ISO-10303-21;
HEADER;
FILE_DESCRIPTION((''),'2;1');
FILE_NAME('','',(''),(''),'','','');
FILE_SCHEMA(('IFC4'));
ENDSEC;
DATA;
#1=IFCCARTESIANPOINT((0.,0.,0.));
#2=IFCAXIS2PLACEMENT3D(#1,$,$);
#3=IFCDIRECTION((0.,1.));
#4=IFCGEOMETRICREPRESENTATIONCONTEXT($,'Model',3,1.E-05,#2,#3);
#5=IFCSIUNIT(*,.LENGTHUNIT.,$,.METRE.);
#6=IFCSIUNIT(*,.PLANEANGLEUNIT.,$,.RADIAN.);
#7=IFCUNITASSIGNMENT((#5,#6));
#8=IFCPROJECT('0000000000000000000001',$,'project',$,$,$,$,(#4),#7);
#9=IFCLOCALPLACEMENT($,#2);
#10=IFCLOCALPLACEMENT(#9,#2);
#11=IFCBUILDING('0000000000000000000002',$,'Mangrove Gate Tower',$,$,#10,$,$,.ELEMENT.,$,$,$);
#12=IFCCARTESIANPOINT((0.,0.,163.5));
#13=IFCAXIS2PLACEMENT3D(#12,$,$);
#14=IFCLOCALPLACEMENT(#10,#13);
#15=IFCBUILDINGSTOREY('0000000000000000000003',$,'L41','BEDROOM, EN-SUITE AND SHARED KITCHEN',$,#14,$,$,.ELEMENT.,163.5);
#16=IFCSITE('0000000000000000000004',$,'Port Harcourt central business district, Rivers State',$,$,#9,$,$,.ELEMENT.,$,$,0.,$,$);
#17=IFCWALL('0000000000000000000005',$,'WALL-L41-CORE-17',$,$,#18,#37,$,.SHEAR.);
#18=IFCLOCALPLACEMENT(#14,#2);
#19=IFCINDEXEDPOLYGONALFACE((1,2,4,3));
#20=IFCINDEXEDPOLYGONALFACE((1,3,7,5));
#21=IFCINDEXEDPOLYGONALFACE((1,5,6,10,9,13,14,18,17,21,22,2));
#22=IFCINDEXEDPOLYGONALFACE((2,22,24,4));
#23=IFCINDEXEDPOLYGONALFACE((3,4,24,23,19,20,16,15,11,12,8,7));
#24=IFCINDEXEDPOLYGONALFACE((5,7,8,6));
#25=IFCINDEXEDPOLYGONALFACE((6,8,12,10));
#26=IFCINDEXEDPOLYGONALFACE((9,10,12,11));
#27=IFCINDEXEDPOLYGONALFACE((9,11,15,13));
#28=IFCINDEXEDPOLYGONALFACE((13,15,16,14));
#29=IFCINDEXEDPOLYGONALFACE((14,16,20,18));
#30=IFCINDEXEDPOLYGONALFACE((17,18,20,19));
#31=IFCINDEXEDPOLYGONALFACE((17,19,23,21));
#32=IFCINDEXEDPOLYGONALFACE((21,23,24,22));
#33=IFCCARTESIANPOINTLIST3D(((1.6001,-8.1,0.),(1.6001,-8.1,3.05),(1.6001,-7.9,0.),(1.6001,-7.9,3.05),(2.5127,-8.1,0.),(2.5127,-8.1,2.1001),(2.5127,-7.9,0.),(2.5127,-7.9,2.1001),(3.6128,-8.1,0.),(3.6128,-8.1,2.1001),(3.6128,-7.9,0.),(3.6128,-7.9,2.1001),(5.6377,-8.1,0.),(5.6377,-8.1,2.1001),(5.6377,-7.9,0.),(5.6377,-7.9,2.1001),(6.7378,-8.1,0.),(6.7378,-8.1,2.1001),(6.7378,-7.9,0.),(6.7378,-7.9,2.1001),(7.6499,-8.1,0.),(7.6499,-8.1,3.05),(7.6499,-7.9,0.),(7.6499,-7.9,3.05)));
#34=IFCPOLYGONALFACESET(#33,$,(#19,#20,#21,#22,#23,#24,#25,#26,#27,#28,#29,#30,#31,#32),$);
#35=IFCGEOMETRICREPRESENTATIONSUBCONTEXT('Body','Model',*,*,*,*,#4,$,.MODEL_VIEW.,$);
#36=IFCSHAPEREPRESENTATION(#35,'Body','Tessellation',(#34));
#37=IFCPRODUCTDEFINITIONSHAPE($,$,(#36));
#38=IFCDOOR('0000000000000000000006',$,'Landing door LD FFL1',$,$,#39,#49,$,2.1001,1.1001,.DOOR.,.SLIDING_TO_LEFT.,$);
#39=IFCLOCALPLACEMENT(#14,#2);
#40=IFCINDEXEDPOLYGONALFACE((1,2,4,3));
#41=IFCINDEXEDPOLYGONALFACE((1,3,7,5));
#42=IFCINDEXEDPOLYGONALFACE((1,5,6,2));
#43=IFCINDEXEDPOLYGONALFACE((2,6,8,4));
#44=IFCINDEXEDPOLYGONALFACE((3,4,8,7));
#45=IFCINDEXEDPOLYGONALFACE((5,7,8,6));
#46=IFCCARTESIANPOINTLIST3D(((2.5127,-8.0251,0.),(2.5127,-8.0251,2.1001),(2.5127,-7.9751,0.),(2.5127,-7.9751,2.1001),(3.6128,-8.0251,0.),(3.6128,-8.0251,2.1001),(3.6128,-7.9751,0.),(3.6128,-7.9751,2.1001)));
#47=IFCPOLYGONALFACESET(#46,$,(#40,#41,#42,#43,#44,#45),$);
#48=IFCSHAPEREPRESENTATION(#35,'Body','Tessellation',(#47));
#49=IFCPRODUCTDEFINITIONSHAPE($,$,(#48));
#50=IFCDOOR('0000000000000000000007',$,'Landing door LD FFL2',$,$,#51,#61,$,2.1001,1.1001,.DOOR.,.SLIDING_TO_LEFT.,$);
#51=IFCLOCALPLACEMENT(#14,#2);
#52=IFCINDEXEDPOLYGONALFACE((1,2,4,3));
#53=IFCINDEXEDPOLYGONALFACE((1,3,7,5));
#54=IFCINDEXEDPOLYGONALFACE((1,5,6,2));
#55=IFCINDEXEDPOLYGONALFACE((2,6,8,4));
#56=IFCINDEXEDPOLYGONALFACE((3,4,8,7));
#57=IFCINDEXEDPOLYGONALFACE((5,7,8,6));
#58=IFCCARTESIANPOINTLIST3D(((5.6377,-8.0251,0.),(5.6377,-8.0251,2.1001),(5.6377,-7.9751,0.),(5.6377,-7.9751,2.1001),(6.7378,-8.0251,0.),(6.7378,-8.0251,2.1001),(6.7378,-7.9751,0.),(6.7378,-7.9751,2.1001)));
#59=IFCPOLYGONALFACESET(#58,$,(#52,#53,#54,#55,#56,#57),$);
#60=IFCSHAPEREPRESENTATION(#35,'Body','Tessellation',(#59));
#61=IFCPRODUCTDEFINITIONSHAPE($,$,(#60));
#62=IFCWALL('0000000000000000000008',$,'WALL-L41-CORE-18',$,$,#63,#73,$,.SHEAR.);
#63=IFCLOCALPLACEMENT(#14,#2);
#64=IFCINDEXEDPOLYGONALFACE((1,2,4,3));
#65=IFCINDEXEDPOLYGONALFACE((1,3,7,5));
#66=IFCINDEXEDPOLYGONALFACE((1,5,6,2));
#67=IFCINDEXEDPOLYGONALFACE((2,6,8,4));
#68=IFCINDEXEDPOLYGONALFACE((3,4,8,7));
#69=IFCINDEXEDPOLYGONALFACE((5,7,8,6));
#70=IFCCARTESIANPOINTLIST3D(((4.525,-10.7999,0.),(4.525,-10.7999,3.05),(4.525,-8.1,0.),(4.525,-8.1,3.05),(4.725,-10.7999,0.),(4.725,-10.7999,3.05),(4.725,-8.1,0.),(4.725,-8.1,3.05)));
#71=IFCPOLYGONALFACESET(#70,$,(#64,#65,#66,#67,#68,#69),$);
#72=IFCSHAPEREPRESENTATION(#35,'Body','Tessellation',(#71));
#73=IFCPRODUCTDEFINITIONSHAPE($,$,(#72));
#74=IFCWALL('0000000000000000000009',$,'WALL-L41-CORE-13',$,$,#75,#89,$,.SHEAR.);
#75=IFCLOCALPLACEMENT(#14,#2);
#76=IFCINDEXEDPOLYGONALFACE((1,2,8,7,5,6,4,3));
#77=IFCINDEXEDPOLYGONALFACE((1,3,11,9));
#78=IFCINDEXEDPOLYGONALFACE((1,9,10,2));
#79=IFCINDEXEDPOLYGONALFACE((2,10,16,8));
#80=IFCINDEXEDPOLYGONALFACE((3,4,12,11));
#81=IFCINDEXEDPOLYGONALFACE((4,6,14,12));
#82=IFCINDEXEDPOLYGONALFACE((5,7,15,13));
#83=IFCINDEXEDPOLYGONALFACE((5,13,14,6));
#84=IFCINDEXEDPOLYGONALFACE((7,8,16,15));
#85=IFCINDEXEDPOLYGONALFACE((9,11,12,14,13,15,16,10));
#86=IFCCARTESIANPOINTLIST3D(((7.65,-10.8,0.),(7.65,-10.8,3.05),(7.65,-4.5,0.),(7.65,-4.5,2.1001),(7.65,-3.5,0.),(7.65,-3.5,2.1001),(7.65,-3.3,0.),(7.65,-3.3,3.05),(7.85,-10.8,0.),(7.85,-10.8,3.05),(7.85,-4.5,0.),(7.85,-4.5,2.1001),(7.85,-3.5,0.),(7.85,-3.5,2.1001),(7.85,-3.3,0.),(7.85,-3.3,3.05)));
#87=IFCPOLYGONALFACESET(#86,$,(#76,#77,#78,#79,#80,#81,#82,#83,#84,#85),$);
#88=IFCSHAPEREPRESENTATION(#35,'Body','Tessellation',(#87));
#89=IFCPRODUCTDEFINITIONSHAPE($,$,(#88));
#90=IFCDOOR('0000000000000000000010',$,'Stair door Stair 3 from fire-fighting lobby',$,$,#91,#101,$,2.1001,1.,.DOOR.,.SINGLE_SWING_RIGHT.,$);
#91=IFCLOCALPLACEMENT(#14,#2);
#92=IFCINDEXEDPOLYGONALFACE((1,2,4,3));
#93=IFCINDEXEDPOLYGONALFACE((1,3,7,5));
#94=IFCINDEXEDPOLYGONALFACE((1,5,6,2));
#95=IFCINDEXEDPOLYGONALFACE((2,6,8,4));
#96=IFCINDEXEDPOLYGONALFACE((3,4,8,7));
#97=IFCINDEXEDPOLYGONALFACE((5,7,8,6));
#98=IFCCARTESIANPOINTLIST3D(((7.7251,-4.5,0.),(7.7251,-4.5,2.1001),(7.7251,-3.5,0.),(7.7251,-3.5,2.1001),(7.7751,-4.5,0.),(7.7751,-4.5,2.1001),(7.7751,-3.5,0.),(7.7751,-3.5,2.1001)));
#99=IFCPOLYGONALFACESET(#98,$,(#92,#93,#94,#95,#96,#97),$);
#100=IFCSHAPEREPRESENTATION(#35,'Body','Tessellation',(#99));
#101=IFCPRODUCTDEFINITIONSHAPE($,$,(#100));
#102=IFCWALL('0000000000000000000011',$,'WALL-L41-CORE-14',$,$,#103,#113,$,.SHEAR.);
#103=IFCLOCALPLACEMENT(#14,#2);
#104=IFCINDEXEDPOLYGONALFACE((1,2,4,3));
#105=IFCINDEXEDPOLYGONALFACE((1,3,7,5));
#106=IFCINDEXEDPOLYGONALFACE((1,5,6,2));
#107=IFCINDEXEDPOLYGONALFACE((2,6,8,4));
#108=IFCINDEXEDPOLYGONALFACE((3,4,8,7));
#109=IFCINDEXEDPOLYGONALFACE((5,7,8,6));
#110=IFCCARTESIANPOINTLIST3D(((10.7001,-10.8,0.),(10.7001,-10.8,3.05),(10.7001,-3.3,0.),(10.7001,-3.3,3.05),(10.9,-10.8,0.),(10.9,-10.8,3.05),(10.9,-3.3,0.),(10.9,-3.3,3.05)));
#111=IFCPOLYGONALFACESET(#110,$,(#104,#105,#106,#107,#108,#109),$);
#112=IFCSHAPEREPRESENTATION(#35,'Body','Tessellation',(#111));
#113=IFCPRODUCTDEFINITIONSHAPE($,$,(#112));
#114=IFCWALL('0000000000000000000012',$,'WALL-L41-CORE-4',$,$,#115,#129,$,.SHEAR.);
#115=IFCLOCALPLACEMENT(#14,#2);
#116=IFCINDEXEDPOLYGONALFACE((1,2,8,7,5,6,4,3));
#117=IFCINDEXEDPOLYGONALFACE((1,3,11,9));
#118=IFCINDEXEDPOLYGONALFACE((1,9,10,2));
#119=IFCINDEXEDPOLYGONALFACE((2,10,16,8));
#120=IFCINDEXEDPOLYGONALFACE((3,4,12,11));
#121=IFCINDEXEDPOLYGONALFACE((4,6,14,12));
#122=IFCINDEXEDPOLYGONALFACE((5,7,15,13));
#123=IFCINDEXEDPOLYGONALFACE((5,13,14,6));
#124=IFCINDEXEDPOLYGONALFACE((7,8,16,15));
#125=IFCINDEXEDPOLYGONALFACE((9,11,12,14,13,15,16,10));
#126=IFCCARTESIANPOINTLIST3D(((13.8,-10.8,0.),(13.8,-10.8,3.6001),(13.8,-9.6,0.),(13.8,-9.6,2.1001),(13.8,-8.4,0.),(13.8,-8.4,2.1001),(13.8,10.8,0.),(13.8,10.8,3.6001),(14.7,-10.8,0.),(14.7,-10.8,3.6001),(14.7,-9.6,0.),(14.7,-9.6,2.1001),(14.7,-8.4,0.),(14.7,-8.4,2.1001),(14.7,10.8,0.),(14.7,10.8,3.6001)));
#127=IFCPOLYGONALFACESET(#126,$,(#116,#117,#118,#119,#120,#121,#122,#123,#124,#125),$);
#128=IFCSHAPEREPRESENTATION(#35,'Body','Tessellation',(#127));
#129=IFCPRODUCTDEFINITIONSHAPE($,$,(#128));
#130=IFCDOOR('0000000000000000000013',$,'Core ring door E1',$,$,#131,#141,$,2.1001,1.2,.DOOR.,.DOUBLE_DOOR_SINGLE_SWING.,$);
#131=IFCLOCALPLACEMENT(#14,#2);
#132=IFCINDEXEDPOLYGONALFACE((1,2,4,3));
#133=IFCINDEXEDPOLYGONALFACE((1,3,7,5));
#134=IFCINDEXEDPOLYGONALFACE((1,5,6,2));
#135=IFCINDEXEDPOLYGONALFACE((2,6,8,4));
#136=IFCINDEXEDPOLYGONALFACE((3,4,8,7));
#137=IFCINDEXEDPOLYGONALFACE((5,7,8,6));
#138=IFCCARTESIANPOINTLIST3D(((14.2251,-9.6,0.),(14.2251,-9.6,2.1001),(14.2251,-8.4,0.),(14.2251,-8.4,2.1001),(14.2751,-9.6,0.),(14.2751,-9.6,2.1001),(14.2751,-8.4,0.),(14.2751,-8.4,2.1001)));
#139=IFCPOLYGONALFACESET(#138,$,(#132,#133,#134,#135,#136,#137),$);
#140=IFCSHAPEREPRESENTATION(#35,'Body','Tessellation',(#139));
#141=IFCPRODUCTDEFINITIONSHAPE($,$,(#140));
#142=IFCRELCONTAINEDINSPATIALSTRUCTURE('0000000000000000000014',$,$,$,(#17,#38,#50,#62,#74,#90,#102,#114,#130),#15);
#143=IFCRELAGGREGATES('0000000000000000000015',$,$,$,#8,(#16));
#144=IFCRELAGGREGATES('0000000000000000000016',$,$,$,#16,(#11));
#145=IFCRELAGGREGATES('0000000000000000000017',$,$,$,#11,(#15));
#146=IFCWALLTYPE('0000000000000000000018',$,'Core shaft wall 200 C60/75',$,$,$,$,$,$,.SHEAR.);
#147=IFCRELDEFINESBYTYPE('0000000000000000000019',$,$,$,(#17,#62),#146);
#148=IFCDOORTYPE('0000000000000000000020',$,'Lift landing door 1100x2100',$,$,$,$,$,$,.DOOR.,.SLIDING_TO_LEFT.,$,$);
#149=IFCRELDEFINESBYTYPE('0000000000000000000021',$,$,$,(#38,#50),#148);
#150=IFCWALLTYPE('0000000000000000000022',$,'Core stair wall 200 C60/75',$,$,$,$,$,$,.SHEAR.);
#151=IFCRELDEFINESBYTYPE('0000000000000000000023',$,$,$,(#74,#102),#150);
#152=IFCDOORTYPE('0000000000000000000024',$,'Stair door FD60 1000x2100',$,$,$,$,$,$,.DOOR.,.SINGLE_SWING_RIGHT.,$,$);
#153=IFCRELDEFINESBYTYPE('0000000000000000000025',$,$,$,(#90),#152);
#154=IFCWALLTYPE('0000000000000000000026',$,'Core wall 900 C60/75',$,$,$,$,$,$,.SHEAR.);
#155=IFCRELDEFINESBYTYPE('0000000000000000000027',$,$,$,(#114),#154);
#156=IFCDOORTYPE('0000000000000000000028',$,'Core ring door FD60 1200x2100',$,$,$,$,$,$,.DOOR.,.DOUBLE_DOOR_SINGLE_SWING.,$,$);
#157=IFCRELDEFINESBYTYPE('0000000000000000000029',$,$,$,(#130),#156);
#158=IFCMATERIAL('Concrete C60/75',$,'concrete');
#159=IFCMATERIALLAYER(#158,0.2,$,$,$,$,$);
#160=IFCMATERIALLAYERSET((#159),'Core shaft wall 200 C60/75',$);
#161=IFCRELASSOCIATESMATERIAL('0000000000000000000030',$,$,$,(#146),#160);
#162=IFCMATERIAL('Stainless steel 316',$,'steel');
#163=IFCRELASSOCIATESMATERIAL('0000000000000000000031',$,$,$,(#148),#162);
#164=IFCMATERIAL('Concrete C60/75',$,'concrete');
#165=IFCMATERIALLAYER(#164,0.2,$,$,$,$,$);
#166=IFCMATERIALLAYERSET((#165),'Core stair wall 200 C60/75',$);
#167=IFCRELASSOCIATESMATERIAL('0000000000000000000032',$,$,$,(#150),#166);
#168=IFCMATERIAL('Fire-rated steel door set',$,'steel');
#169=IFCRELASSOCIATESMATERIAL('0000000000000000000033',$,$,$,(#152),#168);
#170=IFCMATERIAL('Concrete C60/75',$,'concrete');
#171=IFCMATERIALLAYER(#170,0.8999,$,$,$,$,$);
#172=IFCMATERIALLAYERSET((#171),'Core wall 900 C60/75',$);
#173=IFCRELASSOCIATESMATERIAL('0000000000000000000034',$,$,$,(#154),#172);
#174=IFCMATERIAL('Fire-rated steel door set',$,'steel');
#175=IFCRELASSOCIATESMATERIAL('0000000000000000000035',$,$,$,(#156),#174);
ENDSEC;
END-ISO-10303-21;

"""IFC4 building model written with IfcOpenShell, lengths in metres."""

from ifc_helpers import new_model, si_unit, direction, frame, frame_2d, origin, place, context, subcontext, project, spatial, rectangle, extrude, material, layer, layer_set, type_object, element, fill, save


model = new_model("IFC4")

# Units and contexts
model_context = context("Model", 3, precision=1e-05, world=origin(), true_north=direction((0.0, 1.0)))
body_context = subcontext(model_context, "Body", "Model", "MODEL_VIEW")
ifc_project = project(units=[si_unit("LENGTHUNIT", "METRE"), si_unit("PLANEANGLEUNIT", "RADIAN")], contexts=[model_context])

# Site, building, storey
site_placement = place(None, origin())
site = spatial("IfcSite", under=ifc_project, at=site_placement, Name="Port Harcourt central business district, Rivers State", CompositionType="ELEMENT", RefElevation=0.0)
building_placement = place(site_placement, origin())
building = spatial("IfcBuilding", under=site, at=building_placement, Name="Mangrove Gate Tower", CompositionType="ELEMENT")
storey_placement = place(building_placement, frame((0.0, 0.0, 163.5)))
storey = spatial("IfcBuildingStorey", under=building, at=storey_placement, Name="L41", Description="BEDROOM, EN-SUITE AND SHARED KITCHEN", CompositionType="ELEMENT", Elevation=163.5)

# Wall, openings, doors
ifc_material_1 = material(Name="Concrete C60/75", Category="concrete")
ifc_layer_1 = layer(ifc_material_1, 0.2)
ifc_layer_set_1 = layer_set([ifc_layer_1], Name="Core shaft wall 200 C60/75")
wall_type_1 = type_object("IfcWallType", Name="Core shaft wall 200 C60/75", PredefinedType="SHEAR", material=ifc_layer_set_1)
wall_1_placement = place(storey_placement, frame((1.6001, -8.0, 0.0), z_axis=(0.0, 0.0, 1.0), x_axis=(1.0, 0.0, 0.0)))
wall_1 = element("IfcWall", 1, at=wall_1_placement, inside=storey, type_object=wall_type_1, Name="WALL-L41-CORE-17", PredefinedType="SHEAR", context=body_context, shape_type="SweptSolid", body=[
    extrude(rectangle(XDim=6.0498, YDim=0.2, at=frame_2d((3.0249, 0.0))), origin(), (0.0, 0.0, 1.0), 3.05),
])
opening_1_placement = place(wall_1_placement, frame((0.9126, 0.0, 0.0)))
opening_1 = element("IfcOpeningElement", 2, at=opening_1_placement, cuts=wall_1, PredefinedType="OPENING", context=body_context, shape_type="SweptSolid", body=[
    extrude(rectangle(XDim=1.1001, YDim=2.1001, at=frame_2d((0.55, 1.05))), frame((0.0, 0.1099, 0.0), z_axis=(0.0, -1.0, 0.0), x_axis=(1.0, 0.0, 0.0)), (0.0, 0.0, 1.0), 0.22),
])
opening_2_placement = place(wall_1_placement, frame((4.0376, 0.0, 0.0)))
opening_2 = element("IfcOpeningElement", 3, at=opening_2_placement, cuts=wall_1, PredefinedType="OPENING", context=body_context, shape_type="SweptSolid", body=[
    extrude(rectangle(XDim=1.1001, YDim=2.1001, at=frame_2d((0.55, 1.05))), frame((0.0, 0.1099, 0.0), z_axis=(0.0, -1.0, 0.0), x_axis=(1.0, 0.0, 0.0)), (0.0, 0.0, 1.0), 0.22),
])
ifc_material_2 = material(Name="Stainless steel 316", Category="steel")
door_type_1 = type_object("IfcDoorType", Name="Lift landing door 1100x2100", OperationType="SLIDING_TO_LEFT", PredefinedType="DOOR", material=ifc_material_2)
door_1_placement = place(opening_1_placement, origin())
door_1 = element("IfcDoor", 4, at=door_1_placement, inside=storey, type_object=door_type_1, Name="Landing door LD FFL1", OperationType="SLIDING_TO_LEFT", OverallHeight=2.1001, OverallWidth=1.1001, PredefinedType="DOOR", context=body_context, shape_type="SweptSolid", body=[
    extrude(rectangle(XDim=1.1001, YDim=2.1001, at=frame_2d((0.55, 1.05))), frame((0.0, 0.0249, 0.0), z_axis=(0.0, -1.0, 0.0), x_axis=(1.0, 0.0, 0.0)), (0.0, 0.0, 1.0), 0.05),
])
fill(opening_1, door_1)
door_2_placement = place(opening_2_placement, origin())
door_2 = element("IfcDoor", 5, at=door_2_placement, inside=storey, type_object=door_type_1, Name="Landing door LD FFL2", OperationType="SLIDING_TO_LEFT", OverallHeight=2.1001, OverallWidth=1.1001, PredefinedType="DOOR", context=body_context, shape_type="SweptSolid", body=[
    extrude(rectangle(XDim=1.1001, YDim=2.1001, at=frame_2d((0.55, 1.05))), frame((0.0, 0.0249, 0.0), z_axis=(0.0, -1.0, 0.0), x_axis=(1.0, 0.0, 0.0)), (0.0, 0.0, 1.0), 0.05),
])
fill(opening_2, door_2)

# Wall
wall_2_placement = place(storey_placement, frame((4.625, -10.8, 0.0), z_axis=(0.0, 0.0, 1.0), x_axis=(0.0, 1.0, 0.0)))
element("IfcWall", 6, at=wall_2_placement, inside=storey, type_object=wall_type_1, Name="WALL-L41-CORE-18", PredefinedType="SHEAR", context=body_context, shape_type="SweptSolid", body=[
    extrude(rectangle(XDim=2.7, YDim=0.2, at=frame_2d((1.3501, 0.0))), origin(), (0.0, 0.0, 1.0), 3.05),
])

# Wall, opening, door
ifc_material_3 = material(Name="Concrete C60/75", Category="concrete")
ifc_layer_2 = layer(ifc_material_3, 0.2)
ifc_layer_set_2 = layer_set([ifc_layer_2], Name="Core stair wall 200 C60/75")
wall_type_2 = type_object("IfcWallType", Name="Core stair wall 200 C60/75", PredefinedType="SHEAR", material=ifc_layer_set_2)
wall_3_placement = place(storey_placement, frame((7.75, -10.8, 0.0), z_axis=(0.0, 0.0, 1.0), x_axis=(0.0, 1.0, 0.0)))
wall_3 = element("IfcWall", 7, at=wall_3_placement, inside=storey, type_object=wall_type_2, Name="WALL-L41-CORE-13", PredefinedType="SHEAR", context=body_context, shape_type="SweptSolid", body=[
    extrude(rectangle(XDim=7.5, YDim=0.2, at=frame_2d((3.75, 0.0))), origin(), (0.0, 0.0, 1.0), 3.05),
])
opening_3_placement = place(wall_3_placement, frame((6.3, 0.0, 0.0)))
opening_3 = element("IfcOpeningElement", 8, at=opening_3_placement, cuts=wall_3, PredefinedType="OPENING", context=body_context, shape_type="SweptSolid", body=[
    extrude(rectangle(XDim=1.0, YDim=2.1001, at=frame_2d((0.5, 1.05))), frame((0.0, 0.1099, 0.0), z_axis=(0.0, -1.0, 0.0), x_axis=(1.0, 0.0, 0.0)), (0.0, 0.0, 1.0), 0.22),
])
ifc_material_4 = material(Name="Fire-rated steel door set", Category="steel")
door_type_2 = type_object("IfcDoorType", Name="Stair door FD60 1000x2100", OperationType="SINGLE_SWING_RIGHT", PredefinedType="DOOR", material=ifc_material_4)
door_3_placement = place(opening_3_placement, origin())
door_3 = element("IfcDoor", 9, at=door_3_placement, inside=storey, type_object=door_type_2, Name="Stair door Stair 3 from fire-fighting lobby", OperationType="SINGLE_SWING_RIGHT", OverallHeight=2.1001, OverallWidth=1.0, PredefinedType="DOOR", context=body_context, shape_type="SweptSolid", body=[
    extrude(rectangle(XDim=1.0, YDim=2.1001, at=frame_2d((0.5, 1.05))), frame((0.0, 0.0249, 0.0), z_axis=(0.0, -1.0, 0.0), x_axis=(1.0, 0.0, 0.0)), (0.0, 0.0, 1.0), 0.05),
])
fill(opening_3, door_3)

# Wall
wall_4_placement = place(storey_placement, frame((10.8, -10.8, 0.0), z_axis=(0.0, 0.0, 1.0), x_axis=(0.0, 1.0, 0.0)))
element("IfcWall", 10, at=wall_4_placement, inside=storey, type_object=wall_type_2, Name="WALL-L41-CORE-14", PredefinedType="SHEAR", context=body_context, shape_type="SweptSolid", body=[
    extrude(rectangle(XDim=7.5, YDim=0.2, at=frame_2d((3.75, 0.0))), origin(), (0.0, 0.0, 1.0), 3.05),
])

# Wall, opening, door
ifc_material_5 = material(Name="Concrete C60/75", Category="concrete")
ifc_layer_3 = layer(ifc_material_5, 0.8999)
ifc_layer_set_3 = layer_set([ifc_layer_3], Name="Core wall 900 C60/75")
wall_type_3 = type_object("IfcWallType", Name="Core wall 900 C60/75", PredefinedType="SHEAR", material=ifc_layer_set_3)
wall_5_placement = place(storey_placement, frame((14.25, -10.8, 0.0), z_axis=(0.0, 0.0, 1.0), x_axis=(0.0, 1.0, 0.0)))
wall_5 = element("IfcWall", 11, at=wall_5_placement, inside=storey, type_object=wall_type_3, Name="WALL-L41-CORE-4", PredefinedType="SHEAR", context=body_context, shape_type="SweptSolid", body=[
    extrude(rectangle(XDim=21.6001, YDim=0.8999, at=frame_2d((10.8, 0.0))), origin(), (0.0, 0.0, 1.0), 3.6001),
])
opening_4_placement = place(wall_5_placement, frame((1.2, 0.0, 0.0)))
opening_4 = element("IfcOpeningElement", 12, at=opening_4_placement, cuts=wall_5, PredefinedType="OPENING", context=body_context, shape_type="SweptSolid", body=[
    extrude(rectangle(XDim=1.2, YDim=2.1001, at=frame_2d((0.6001, 1.05))), frame((0.0, 0.46, 0.0), z_axis=(0.0, -1.0, 0.0), x_axis=(1.0, 0.0, 0.0)), (0.0, 0.0, 1.0), 0.9199),
])
ifc_material_6 = material(Name="Fire-rated steel door set", Category="steel")
door_type_3 = type_object("IfcDoorType", Name="Core ring door FD60 1200x2100", OperationType="DOUBLE_DOOR_SINGLE_SWING", PredefinedType="DOOR", material=ifc_material_6)
door_4_placement = place(opening_4_placement, origin())
door_4 = element("IfcDoor", 13, at=door_4_placement, inside=storey, type_object=door_type_3, Name="Core ring door E1", OperationType="DOUBLE_DOOR_SINGLE_SWING", OverallHeight=2.1001, OverallWidth=1.2, PredefinedType="DOOR", context=body_context, shape_type="SweptSolid", body=[
    extrude(rectangle(XDim=1.2, YDim=2.1001, at=frame_2d((0.6001, 1.05))), frame((0.0, 0.0249, 0.0), z_axis=(0.0, -1.0, 0.0), x_axis=(1.0, 0.0, 0.0)), (0.0, 0.0, 1.0), 0.05),
])
fill(opening_4, door_4)

save(model, "model.ifc")
